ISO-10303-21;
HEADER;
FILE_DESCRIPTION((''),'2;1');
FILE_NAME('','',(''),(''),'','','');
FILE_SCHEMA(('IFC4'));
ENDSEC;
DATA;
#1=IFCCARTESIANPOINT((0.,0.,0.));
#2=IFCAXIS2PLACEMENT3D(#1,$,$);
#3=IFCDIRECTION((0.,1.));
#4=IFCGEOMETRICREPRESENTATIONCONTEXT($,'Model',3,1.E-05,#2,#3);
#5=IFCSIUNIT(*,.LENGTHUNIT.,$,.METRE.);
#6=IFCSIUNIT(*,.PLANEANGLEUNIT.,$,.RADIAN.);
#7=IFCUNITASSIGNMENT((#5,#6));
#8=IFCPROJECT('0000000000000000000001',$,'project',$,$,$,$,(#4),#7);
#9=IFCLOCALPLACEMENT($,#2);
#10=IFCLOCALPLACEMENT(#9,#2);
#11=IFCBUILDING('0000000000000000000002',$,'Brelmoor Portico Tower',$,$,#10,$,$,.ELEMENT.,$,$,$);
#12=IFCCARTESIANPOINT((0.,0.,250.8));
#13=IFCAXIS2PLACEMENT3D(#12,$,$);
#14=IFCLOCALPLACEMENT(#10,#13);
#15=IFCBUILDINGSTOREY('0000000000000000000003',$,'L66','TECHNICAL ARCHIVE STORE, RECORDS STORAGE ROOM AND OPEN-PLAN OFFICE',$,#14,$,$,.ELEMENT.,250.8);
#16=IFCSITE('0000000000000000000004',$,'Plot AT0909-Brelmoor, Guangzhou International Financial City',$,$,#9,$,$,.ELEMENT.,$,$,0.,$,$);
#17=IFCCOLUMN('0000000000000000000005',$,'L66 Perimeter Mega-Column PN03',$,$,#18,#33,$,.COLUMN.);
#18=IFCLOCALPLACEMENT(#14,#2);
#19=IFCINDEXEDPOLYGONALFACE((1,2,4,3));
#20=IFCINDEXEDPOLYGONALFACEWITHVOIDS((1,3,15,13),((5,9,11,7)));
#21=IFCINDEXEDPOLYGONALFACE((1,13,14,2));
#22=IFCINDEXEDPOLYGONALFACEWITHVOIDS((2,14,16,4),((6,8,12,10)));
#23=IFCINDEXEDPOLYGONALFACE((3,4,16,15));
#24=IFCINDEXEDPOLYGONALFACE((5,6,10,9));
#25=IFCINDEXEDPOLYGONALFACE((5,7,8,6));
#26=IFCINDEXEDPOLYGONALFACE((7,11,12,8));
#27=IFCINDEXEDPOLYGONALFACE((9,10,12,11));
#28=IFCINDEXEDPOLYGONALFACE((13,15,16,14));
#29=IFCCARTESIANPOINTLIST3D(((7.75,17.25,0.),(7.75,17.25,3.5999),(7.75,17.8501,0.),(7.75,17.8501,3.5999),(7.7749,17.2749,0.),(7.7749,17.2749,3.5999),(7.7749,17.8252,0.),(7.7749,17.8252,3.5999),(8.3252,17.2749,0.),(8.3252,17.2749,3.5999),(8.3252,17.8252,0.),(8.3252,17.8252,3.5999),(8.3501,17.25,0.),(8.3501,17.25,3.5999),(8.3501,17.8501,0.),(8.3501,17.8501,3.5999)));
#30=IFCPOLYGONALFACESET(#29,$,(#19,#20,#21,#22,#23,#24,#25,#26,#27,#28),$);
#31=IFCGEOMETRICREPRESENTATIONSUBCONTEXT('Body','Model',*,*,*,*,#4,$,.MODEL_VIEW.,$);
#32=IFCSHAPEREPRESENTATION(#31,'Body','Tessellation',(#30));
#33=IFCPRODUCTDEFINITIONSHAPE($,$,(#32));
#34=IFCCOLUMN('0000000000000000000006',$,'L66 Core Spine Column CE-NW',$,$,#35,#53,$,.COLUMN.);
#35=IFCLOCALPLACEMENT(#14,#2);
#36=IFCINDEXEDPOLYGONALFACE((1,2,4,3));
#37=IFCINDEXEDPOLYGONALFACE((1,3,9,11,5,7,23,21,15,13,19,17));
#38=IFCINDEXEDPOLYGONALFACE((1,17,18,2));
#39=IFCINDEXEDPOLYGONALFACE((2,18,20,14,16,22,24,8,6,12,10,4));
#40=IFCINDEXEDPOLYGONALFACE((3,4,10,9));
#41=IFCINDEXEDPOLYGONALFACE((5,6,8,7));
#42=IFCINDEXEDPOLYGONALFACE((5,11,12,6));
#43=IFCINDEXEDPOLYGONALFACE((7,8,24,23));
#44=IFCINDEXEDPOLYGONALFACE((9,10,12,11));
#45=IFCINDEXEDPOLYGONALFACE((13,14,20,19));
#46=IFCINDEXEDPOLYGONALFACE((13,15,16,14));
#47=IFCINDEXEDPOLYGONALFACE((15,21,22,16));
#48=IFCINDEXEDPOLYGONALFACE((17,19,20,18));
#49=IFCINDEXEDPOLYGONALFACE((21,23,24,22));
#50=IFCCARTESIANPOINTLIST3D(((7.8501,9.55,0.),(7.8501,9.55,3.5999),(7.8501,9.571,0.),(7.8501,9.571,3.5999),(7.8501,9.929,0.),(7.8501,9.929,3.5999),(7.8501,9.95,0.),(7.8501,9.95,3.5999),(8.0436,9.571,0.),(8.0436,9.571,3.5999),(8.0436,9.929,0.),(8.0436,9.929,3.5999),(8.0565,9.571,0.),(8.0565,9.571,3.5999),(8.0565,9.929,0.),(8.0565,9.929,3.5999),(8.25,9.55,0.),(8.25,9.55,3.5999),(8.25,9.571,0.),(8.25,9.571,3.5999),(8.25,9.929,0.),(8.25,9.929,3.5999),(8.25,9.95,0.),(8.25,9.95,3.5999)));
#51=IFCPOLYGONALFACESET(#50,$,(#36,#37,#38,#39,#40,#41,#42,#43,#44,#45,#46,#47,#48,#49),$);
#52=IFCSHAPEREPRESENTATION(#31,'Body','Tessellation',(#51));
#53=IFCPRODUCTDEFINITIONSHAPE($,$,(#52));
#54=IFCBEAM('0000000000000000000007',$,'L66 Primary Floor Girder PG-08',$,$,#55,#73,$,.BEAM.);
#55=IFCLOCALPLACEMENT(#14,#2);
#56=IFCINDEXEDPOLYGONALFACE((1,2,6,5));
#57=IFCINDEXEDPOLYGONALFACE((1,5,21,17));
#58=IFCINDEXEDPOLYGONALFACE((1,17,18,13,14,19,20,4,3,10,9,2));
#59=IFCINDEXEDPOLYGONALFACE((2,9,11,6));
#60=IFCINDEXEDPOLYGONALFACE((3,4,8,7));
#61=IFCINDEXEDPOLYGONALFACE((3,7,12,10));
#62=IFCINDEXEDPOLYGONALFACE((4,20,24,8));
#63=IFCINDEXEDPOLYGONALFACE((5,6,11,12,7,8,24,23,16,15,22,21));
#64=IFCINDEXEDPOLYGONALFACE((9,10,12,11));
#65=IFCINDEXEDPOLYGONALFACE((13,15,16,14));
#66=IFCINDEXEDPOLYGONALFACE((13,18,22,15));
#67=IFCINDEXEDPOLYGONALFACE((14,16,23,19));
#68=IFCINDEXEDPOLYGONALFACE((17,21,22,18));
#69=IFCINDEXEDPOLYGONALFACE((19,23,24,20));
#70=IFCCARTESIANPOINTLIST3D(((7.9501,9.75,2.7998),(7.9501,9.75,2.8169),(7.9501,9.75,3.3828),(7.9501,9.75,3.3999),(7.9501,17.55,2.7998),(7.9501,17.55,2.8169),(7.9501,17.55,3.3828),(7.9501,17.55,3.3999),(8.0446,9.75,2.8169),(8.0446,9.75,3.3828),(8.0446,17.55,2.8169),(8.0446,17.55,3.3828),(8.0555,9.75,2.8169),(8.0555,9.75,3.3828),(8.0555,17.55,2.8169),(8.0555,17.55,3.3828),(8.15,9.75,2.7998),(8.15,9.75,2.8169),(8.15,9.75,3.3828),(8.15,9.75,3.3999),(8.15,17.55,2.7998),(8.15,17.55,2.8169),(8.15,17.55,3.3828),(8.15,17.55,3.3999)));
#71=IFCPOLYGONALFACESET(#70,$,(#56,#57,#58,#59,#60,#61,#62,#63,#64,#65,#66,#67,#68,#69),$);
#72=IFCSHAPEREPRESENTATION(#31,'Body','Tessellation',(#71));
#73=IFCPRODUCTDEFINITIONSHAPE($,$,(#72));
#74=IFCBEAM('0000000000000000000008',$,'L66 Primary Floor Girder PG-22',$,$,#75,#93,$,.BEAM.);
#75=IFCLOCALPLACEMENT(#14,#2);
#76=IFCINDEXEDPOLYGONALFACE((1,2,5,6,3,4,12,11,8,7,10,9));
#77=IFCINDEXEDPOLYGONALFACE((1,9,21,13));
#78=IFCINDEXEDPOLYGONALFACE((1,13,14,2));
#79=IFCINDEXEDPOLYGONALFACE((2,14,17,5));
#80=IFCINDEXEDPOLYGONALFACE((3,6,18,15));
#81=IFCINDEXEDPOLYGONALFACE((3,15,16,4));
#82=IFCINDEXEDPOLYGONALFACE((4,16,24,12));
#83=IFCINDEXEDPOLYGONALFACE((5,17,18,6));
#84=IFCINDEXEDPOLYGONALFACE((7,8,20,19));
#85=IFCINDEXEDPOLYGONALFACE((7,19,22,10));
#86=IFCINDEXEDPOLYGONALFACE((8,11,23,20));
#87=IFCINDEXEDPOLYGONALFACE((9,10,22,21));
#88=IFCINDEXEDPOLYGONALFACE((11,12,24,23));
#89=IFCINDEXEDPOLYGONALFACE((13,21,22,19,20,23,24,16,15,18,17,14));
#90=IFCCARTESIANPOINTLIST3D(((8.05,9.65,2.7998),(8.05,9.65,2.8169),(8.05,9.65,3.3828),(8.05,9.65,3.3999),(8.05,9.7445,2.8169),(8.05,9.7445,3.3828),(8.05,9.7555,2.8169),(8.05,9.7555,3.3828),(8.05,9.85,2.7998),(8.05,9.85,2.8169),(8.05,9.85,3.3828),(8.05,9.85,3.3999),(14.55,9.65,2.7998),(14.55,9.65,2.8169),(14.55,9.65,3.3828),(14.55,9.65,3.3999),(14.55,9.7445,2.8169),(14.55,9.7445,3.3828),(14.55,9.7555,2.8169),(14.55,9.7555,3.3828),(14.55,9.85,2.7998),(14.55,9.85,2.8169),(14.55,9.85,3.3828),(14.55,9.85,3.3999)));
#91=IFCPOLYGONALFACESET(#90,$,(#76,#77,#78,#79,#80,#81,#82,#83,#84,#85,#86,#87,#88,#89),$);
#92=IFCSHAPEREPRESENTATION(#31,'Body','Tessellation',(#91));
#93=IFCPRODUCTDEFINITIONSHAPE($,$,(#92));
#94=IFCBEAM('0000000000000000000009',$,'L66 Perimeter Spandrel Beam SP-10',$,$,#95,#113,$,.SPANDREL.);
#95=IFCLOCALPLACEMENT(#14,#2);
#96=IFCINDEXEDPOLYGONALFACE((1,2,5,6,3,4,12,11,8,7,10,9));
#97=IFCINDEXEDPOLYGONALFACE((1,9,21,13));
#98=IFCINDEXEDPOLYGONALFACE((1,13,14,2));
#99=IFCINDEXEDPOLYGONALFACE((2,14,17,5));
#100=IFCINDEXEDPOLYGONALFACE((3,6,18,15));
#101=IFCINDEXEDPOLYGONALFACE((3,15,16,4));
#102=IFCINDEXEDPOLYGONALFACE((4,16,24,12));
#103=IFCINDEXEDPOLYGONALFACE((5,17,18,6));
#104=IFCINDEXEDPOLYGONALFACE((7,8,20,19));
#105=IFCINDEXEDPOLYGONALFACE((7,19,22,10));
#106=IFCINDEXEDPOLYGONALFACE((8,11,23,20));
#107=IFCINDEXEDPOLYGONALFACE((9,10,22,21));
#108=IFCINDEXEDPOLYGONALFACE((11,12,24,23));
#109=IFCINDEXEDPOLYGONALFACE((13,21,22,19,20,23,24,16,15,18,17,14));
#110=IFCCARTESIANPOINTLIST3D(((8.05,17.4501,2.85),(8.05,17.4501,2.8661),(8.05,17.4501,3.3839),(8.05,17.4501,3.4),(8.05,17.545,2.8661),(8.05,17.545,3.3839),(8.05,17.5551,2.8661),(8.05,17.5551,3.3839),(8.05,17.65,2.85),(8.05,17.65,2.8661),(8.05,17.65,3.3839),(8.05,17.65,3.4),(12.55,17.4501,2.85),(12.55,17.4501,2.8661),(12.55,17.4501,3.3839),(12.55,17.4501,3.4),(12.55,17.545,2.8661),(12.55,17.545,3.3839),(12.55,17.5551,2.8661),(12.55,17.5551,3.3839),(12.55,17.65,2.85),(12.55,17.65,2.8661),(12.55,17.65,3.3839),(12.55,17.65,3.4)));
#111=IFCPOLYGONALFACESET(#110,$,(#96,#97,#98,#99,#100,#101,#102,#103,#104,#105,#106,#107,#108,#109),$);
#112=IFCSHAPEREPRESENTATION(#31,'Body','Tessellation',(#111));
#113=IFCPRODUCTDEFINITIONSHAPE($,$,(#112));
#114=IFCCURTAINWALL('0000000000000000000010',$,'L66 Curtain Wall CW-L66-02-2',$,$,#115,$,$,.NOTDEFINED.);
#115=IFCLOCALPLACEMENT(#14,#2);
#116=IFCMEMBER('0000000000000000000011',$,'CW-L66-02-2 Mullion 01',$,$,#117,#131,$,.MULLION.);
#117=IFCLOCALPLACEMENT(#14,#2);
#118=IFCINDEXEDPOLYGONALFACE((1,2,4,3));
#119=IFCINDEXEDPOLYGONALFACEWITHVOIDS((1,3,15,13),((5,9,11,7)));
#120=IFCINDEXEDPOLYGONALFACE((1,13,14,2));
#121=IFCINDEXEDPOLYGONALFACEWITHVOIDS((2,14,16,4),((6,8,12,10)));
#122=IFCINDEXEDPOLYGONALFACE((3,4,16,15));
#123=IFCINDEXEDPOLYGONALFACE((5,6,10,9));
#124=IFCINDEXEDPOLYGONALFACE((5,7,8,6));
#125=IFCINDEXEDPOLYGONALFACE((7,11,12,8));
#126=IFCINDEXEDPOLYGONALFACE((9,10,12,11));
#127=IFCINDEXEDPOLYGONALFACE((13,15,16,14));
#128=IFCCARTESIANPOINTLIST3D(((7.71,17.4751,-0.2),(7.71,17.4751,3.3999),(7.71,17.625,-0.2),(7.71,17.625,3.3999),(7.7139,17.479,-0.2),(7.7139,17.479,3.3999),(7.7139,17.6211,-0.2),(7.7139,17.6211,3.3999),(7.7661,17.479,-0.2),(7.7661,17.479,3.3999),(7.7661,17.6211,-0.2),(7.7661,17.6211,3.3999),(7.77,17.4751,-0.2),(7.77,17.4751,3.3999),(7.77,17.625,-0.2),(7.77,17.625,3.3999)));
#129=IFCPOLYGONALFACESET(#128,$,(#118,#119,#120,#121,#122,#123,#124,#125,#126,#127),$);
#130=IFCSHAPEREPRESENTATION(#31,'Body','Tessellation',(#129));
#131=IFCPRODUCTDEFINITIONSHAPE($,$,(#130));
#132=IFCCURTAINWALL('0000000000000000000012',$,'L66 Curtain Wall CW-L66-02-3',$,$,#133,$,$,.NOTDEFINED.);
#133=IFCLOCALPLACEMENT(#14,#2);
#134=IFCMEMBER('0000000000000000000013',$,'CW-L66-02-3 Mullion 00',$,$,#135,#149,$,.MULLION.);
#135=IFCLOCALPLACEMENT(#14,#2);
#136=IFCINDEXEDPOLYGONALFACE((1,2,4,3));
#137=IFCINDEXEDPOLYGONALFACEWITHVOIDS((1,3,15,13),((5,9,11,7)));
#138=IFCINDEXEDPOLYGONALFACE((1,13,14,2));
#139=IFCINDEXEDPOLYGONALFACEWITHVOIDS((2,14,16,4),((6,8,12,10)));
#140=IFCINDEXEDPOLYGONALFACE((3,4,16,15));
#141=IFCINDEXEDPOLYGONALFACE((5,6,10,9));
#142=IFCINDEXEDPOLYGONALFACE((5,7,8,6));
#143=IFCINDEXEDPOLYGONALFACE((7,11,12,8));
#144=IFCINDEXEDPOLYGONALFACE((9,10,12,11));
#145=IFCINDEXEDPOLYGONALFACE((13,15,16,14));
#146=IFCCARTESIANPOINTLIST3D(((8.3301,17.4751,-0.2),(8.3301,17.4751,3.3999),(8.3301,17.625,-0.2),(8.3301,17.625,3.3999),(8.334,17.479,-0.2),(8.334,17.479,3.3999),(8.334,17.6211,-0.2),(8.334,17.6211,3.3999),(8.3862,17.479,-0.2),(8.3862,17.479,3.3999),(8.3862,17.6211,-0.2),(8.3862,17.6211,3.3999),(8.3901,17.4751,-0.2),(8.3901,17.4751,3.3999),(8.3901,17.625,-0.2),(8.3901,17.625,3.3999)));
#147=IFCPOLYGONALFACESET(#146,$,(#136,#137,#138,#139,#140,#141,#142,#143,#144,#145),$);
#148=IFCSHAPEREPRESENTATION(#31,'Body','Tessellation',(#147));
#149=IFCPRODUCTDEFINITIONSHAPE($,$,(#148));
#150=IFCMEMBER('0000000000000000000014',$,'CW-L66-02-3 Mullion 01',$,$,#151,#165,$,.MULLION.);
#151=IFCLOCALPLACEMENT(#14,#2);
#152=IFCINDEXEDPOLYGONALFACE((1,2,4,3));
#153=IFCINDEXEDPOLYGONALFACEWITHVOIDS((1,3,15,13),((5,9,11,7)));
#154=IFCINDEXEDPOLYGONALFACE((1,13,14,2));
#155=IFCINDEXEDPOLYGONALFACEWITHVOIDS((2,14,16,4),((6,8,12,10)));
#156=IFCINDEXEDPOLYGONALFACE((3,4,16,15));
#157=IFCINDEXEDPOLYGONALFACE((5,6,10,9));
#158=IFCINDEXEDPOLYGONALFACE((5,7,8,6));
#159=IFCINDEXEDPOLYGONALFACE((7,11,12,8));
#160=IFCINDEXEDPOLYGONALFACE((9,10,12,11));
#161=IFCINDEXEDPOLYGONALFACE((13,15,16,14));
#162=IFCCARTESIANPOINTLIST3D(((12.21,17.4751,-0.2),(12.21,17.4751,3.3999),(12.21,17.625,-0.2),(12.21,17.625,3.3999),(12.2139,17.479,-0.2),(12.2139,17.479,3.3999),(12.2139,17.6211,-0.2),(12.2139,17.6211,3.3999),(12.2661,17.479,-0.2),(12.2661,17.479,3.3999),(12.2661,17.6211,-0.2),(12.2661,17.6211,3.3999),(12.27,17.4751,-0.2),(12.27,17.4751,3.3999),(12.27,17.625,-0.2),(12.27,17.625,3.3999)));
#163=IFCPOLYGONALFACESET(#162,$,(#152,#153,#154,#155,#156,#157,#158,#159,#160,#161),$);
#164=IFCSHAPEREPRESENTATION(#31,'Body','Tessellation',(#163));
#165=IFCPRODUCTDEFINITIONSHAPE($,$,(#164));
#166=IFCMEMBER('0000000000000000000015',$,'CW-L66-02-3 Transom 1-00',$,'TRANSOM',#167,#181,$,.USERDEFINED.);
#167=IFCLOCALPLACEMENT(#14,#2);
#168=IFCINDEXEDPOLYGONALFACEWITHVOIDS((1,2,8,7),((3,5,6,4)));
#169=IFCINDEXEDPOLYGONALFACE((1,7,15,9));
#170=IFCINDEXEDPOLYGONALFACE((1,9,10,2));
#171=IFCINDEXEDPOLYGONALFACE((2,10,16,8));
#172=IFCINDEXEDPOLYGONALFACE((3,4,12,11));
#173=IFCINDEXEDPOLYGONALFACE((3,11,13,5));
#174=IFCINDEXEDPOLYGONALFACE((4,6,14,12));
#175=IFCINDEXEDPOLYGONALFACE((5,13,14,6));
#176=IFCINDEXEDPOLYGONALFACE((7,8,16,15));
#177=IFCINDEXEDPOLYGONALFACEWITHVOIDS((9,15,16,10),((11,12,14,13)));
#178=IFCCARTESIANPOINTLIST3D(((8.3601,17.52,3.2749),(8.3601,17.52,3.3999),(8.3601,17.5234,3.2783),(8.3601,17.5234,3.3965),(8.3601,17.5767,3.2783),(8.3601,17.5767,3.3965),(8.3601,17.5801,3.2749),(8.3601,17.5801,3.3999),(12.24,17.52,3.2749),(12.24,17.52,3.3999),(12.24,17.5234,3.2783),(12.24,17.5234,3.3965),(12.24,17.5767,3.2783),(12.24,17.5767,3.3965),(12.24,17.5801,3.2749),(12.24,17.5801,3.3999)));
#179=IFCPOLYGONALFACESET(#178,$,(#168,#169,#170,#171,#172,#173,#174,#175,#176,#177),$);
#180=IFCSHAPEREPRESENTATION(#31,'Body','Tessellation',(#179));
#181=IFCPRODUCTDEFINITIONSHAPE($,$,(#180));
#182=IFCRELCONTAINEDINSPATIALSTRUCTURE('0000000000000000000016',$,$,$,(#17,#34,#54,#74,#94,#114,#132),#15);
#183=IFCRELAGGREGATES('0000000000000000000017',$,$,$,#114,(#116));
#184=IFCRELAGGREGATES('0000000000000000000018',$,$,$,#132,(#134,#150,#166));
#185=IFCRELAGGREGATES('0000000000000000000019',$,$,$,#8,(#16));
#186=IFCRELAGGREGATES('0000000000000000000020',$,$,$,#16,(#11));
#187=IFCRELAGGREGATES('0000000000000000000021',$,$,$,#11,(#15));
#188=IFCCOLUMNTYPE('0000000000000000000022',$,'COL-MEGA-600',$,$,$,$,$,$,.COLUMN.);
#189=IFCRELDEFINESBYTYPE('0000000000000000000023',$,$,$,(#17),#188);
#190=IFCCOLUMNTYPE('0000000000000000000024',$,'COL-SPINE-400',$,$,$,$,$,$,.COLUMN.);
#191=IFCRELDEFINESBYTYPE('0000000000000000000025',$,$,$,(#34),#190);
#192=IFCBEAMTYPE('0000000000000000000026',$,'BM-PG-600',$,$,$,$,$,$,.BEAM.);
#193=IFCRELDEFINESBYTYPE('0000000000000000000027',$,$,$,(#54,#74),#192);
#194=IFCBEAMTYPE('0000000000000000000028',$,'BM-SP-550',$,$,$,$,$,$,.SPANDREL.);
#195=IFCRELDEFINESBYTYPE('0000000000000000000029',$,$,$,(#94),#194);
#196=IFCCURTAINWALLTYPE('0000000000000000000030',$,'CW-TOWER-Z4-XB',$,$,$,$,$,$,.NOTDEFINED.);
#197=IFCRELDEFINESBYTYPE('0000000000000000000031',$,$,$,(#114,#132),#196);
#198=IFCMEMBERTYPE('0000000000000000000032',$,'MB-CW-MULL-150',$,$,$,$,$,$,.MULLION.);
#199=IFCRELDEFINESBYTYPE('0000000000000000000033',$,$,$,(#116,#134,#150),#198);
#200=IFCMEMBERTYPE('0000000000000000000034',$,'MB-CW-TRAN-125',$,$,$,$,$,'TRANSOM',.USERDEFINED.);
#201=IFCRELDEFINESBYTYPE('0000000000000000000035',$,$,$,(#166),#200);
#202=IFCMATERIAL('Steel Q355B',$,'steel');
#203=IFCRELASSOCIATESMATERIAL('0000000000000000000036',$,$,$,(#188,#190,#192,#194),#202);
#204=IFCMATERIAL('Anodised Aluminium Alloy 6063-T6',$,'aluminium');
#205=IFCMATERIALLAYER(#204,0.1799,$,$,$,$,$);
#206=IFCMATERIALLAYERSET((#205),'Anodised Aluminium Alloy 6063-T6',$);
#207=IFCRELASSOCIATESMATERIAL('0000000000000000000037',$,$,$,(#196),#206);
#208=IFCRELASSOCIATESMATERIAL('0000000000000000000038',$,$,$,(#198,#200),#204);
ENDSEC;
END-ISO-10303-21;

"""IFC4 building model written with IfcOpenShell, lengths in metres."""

from ifc_helpers import new_model, si_unit, direction, frame, origin, origin_2d, place, context, subcontext, project, spatial, hollow_rectangle, i_section, extrude, material, layer, layer_set, material_profile, profile_set, type_object, element, aggregate, save


model = new_model("IFC4")

# Units and contexts
model_context = context("Model", 3, precision=1e-05, world=origin(), true_north=direction((0.0, 1.0)))
body_context = subcontext(model_context, "Body", "Model", "MODEL_VIEW")
ifc_project = project(units=[si_unit("LENGTHUNIT", "METRE"), si_unit("PLANEANGLEUNIT", "RADIAN")], contexts=[model_context])

# Site, building, storey
site_placement = place(None, origin())
site = spatial("IfcSite", under=ifc_project, at=site_placement, Name="Plot AT0909-Brelmoor, Guangzhou International Financial City", CompositionType="ELEMENT", RefElevation=0.0)
building_placement = place(site_placement, origin())
building = spatial("IfcBuilding", under=site, at=building_placement, Name="Brelmoor Portico Tower", CompositionType="ELEMENT")
storey_placement = place(building_placement, frame((0.0, 0.0, 250.8)))
storey = spatial("IfcBuildingStorey", under=building, at=storey_placement, Name="L66", Description="TECHNICAL ARCHIVE STORE, RECORDS STORAGE ROOM AND OPEN-PLAN OFFICE", CompositionType="ELEMENT", Elevation=250.8)

# Columns
ifc_material_1 = material(Name="Steel Q355B", Category="steel")
ifc_material_profile_1 = material_profile(ifc_material_1, hollow_rectangle(XDim=0.6001, YDim=0.6001, WallThickness=0.0249, at=origin_2d()), Name="BOX 600x600x25")
ifc_profile_set_1 = profile_set([ifc_material_profile_1], Name="Steel Q355B")
column_type_1 = type_object("IfcColumnType", Name="COL-MEGA-600", PredefinedType="COLUMN", material=ifc_profile_set_1)
column_1_placement = place(storey_placement, frame((8.05, 17.55, 0.0), z_axis=(0.0, 0.0, 1.0), x_axis=(1.0, 0.0, 0.0)))
element("IfcColumn", 1, at=column_1_placement, inside=storey, type_object=column_type_1, Name="L66 Perimeter Mega-Column PN03", PredefinedType="COLUMN", context=body_context, shape_type="SweptSolid", body=[
    extrude(hollow_rectangle(XDim=0.6001, YDim=0.6001, WallThickness=0.0249, at=origin_2d()), origin(), (0.0, 0.0, 1.0), 3.5999),
])
ifc_material_profile_2 = material_profile(ifc_material_1, i_section(OverallWidth=0.3999, OverallDepth=0.3999, WebThickness=0.0129, FlangeThickness=0.021, at=origin_2d()), Name="HW 400x400x13x21")
ifc_profile_set_2 = profile_set([ifc_material_profile_2], Name="Steel Q355B")
column_type_2 = type_object("IfcColumnType", Name="COL-SPINE-400", PredefinedType="COLUMN", material=ifc_profile_set_2)
column_2_placement = place(storey_placement, frame((8.05, 9.75, 0.0), z_axis=(0.0, 0.0, 1.0), x_axis=(1.0, 0.0, 0.0)))
element("IfcColumn", 2, at=column_2_placement, inside=storey, type_object=column_type_2, Name="L66 Core Spine Column CE-NW", PredefinedType="COLUMN", context=body_context, shape_type="SweptSolid", body=[
    extrude(i_section(OverallWidth=0.3999, OverallDepth=0.3999, WebThickness=0.0129, FlangeThickness=0.021, at=origin_2d()), origin(), (0.0, 0.0, 1.0), 3.5999),
])

# Beams
ifc_material_profile_3 = material_profile(ifc_material_1, i_section(OverallWidth=0.2, OverallDepth=0.6001, WebThickness=0.011, FlangeThickness=0.0171, at=origin_2d()), Name="HN 600x200x11x17")
ifc_profile_set_3 = profile_set([ifc_material_profile_3], Name="Steel Q355B")
beam_type_1 = type_object("IfcBeamType", Name="BM-PG-600", PredefinedType="BEAM", material=ifc_profile_set_3)
beam_1_placement = place(storey_placement, frame((8.05, 9.75, 3.0999), z_axis=(0.0, 1.0, 0.0), x_axis=(-1.0, 0.0, 0.0)))
element("IfcBeam", 3, at=beam_1_placement, inside=storey, type_object=beam_type_1, Name="L66 Primary Floor Girder PG-08", PredefinedType="BEAM", context=body_context, shape_type="SweptSolid", body=[
    extrude(i_section(OverallWidth=0.2, OverallDepth=0.6001, WebThickness=0.011, FlangeThickness=0.0171, at=origin_2d()), origin(), (0.0, 0.0, 1.0), 7.8),
])
beam_2_placement = place(storey_placement, frame((8.05, 9.75, 3.0999), z_axis=(1.0, 0.0, 0.0), x_axis=(0.0, 1.0, 0.0)))
element("IfcBeam", 4, at=beam_2_placement, inside=storey, type_object=beam_type_1, Name="L66 Primary Floor Girder PG-22", PredefinedType="BEAM", context=body_context, shape_type="SweptSolid", body=[
    extrude(i_section(OverallWidth=0.2, OverallDepth=0.6001, WebThickness=0.011, FlangeThickness=0.0171, at=origin_2d()), origin(), (0.0, 0.0, 1.0), 6.5),
])
ifc_material_profile_4 = material_profile(ifc_material_1, i_section(OverallWidth=0.2, OverallDepth=0.55, WebThickness=0.01, FlangeThickness=0.0161, at=origin_2d()), Name="HN 550x200x10x16")
ifc_profile_set_4 = profile_set([ifc_material_profile_4], Name="Steel Q355B")
beam_type_2 = type_object("IfcBeamType", Name="BM-SP-550", PredefinedType="SPANDREL", material=ifc_profile_set_4)
beam_3_placement = place(storey_placement, frame((8.05, 17.55, 3.125), z_axis=(1.0, 0.0, 0.0), x_axis=(0.0, 1.0, 0.0)))
element("IfcBeam", 5, at=beam_3_placement, inside=storey, type_object=beam_type_2, Name="L66 Perimeter Spandrel Beam SP-10", PredefinedType="SPANDREL", context=body_context, shape_type="SweptSolid", body=[
    extrude(i_section(OverallWidth=0.2, OverallDepth=0.55, WebThickness=0.01, FlangeThickness=0.0161, at=origin_2d()), origin(), (0.0, 0.0, 1.0), 4.5),
])

# Curtain wall, member
ifc_material_2 = material(Name="Anodised Aluminium Alloy 6063-T6", Category="aluminium")
ifc_layer_1 = layer(ifc_material_2, 0.1799)
ifc_layer_set_1 = layer_set([ifc_layer_1], Name="Anodised Aluminium Alloy 6063-T6")
curtain_wall_type = type_object("IfcCurtainWallType", Name="CW-TOWER-Z4-XB", PredefinedType="NOTDEFINED", material=ifc_layer_set_1)
curtain_wall_1_placement = place(storey_placement, origin())
curtain_wall_1 = element("IfcCurtainWall", 6, at=curtain_wall_1_placement, inside=storey, type_object=curtain_wall_type, Name="L66 Curtain Wall CW-L66-02-2", PredefinedType="NOTDEFINED")
ifc_material_profile_5 = material_profile(ifc_material_2, hollow_rectangle(XDim=0.0601, YDim=0.1499, WallThickness=0.0039, at=origin_2d()), Name="ALU MULLION 60x150")
ifc_profile_set_5 = profile_set([ifc_material_profile_5], Name="Anodised Aluminium Alloy 6063-T6")
member_type_1 = type_object("IfcMemberType", Name="MB-CW-MULL-150", PredefinedType="MULLION", material=ifc_profile_set_5)
member_1_placement = place(storey_placement, frame((7.74, 17.55, -0.2), z_axis=(0.0, 0.0, 1.0), x_axis=(1.0, 0.0, 0.0)))
member_1 = element("IfcMember", 7, at=member_1_placement, type_object=member_type_1, Name="CW-L66-02-2 Mullion 01", PredefinedType="MULLION", context=body_context, shape_type="SweptSolid", body=[
    extrude(hollow_rectangle(XDim=0.0601, YDim=0.1499, WallThickness=0.0039, at=origin_2d()), origin(), (0.0, 0.0, 1.0), 3.5999),
])

# Curtain wall, members
curtain_wall_2_placement = place(storey_placement, origin())
curtain_wall_2 = element("IfcCurtainWall", 8, at=curtain_wall_2_placement, inside=storey, type_object=curtain_wall_type, Name="L66 Curtain Wall CW-L66-02-3", PredefinedType="NOTDEFINED")
member_2_placement = place(storey_placement, frame((8.3601, 17.55, -0.2), z_axis=(0.0, 0.0, 1.0), x_axis=(1.0, 0.0, 0.0)))
member_2 = element("IfcMember", 9, at=member_2_placement, type_object=member_type_1, Name="CW-L66-02-3 Mullion 00", PredefinedType="MULLION", context=body_context, shape_type="SweptSolid", body=[
    extrude(hollow_rectangle(XDim=0.0601, YDim=0.1499, WallThickness=0.0039, at=origin_2d()), origin(), (0.0, 0.0, 1.0), 3.5999),
])
member_3_placement = place(storey_placement, frame((12.24, 17.55, -0.2), z_axis=(0.0, 0.0, 1.0), x_axis=(1.0, 0.0, 0.0)))
member_3 = element("IfcMember", 10, at=member_3_placement, type_object=member_type_1, Name="CW-L66-02-3 Mullion 01", PredefinedType="MULLION", context=body_context, shape_type="SweptSolid", body=[
    extrude(hollow_rectangle(XDim=0.0601, YDim=0.1499, WallThickness=0.0039, at=origin_2d()), origin(), (0.0, 0.0, 1.0), 3.5999),
])
ifc_material_profile_6 = material_profile(ifc_material_2, hollow_rectangle(XDim=0.0601, YDim=0.125, WallThickness=0.0034, at=origin_2d()), Name="ALU TRANSOM 60x125")
ifc_profile_set_6 = profile_set([ifc_material_profile_6], Name="Anodised Aluminium Alloy 6063-T6")
member_type_2 = type_object("IfcMemberType", Name="MB-CW-TRAN-125", ElementType="TRANSOM", PredefinedType="USERDEFINED", material=ifc_profile_set_6)
member_4_placement = place(storey_placement, frame((8.3601, 17.55, 3.3374), z_axis=(1.0, 0.0, 0.0), x_axis=(0.0, 1.0, 0.0)))
member_4 = element("IfcMember", 11, at=member_4_placement, type_object=member_type_2, Name="CW-L66-02-3 Transom 1-00", ObjectType="TRANSOM", PredefinedType="USERDEFINED", context=body_context, shape_type="SweptSolid", body=[
    extrude(hollow_rectangle(XDim=0.0601, YDim=0.125, WallThickness=0.0034, at=origin_2d()), origin(), (0.0, 0.0, 1.0), 3.8799),
])

aggregate(curtain_wall_1, [member_1])
aggregate(curtain_wall_2, [member_2, member_3, member_4])

save(model, "model.ifc")
